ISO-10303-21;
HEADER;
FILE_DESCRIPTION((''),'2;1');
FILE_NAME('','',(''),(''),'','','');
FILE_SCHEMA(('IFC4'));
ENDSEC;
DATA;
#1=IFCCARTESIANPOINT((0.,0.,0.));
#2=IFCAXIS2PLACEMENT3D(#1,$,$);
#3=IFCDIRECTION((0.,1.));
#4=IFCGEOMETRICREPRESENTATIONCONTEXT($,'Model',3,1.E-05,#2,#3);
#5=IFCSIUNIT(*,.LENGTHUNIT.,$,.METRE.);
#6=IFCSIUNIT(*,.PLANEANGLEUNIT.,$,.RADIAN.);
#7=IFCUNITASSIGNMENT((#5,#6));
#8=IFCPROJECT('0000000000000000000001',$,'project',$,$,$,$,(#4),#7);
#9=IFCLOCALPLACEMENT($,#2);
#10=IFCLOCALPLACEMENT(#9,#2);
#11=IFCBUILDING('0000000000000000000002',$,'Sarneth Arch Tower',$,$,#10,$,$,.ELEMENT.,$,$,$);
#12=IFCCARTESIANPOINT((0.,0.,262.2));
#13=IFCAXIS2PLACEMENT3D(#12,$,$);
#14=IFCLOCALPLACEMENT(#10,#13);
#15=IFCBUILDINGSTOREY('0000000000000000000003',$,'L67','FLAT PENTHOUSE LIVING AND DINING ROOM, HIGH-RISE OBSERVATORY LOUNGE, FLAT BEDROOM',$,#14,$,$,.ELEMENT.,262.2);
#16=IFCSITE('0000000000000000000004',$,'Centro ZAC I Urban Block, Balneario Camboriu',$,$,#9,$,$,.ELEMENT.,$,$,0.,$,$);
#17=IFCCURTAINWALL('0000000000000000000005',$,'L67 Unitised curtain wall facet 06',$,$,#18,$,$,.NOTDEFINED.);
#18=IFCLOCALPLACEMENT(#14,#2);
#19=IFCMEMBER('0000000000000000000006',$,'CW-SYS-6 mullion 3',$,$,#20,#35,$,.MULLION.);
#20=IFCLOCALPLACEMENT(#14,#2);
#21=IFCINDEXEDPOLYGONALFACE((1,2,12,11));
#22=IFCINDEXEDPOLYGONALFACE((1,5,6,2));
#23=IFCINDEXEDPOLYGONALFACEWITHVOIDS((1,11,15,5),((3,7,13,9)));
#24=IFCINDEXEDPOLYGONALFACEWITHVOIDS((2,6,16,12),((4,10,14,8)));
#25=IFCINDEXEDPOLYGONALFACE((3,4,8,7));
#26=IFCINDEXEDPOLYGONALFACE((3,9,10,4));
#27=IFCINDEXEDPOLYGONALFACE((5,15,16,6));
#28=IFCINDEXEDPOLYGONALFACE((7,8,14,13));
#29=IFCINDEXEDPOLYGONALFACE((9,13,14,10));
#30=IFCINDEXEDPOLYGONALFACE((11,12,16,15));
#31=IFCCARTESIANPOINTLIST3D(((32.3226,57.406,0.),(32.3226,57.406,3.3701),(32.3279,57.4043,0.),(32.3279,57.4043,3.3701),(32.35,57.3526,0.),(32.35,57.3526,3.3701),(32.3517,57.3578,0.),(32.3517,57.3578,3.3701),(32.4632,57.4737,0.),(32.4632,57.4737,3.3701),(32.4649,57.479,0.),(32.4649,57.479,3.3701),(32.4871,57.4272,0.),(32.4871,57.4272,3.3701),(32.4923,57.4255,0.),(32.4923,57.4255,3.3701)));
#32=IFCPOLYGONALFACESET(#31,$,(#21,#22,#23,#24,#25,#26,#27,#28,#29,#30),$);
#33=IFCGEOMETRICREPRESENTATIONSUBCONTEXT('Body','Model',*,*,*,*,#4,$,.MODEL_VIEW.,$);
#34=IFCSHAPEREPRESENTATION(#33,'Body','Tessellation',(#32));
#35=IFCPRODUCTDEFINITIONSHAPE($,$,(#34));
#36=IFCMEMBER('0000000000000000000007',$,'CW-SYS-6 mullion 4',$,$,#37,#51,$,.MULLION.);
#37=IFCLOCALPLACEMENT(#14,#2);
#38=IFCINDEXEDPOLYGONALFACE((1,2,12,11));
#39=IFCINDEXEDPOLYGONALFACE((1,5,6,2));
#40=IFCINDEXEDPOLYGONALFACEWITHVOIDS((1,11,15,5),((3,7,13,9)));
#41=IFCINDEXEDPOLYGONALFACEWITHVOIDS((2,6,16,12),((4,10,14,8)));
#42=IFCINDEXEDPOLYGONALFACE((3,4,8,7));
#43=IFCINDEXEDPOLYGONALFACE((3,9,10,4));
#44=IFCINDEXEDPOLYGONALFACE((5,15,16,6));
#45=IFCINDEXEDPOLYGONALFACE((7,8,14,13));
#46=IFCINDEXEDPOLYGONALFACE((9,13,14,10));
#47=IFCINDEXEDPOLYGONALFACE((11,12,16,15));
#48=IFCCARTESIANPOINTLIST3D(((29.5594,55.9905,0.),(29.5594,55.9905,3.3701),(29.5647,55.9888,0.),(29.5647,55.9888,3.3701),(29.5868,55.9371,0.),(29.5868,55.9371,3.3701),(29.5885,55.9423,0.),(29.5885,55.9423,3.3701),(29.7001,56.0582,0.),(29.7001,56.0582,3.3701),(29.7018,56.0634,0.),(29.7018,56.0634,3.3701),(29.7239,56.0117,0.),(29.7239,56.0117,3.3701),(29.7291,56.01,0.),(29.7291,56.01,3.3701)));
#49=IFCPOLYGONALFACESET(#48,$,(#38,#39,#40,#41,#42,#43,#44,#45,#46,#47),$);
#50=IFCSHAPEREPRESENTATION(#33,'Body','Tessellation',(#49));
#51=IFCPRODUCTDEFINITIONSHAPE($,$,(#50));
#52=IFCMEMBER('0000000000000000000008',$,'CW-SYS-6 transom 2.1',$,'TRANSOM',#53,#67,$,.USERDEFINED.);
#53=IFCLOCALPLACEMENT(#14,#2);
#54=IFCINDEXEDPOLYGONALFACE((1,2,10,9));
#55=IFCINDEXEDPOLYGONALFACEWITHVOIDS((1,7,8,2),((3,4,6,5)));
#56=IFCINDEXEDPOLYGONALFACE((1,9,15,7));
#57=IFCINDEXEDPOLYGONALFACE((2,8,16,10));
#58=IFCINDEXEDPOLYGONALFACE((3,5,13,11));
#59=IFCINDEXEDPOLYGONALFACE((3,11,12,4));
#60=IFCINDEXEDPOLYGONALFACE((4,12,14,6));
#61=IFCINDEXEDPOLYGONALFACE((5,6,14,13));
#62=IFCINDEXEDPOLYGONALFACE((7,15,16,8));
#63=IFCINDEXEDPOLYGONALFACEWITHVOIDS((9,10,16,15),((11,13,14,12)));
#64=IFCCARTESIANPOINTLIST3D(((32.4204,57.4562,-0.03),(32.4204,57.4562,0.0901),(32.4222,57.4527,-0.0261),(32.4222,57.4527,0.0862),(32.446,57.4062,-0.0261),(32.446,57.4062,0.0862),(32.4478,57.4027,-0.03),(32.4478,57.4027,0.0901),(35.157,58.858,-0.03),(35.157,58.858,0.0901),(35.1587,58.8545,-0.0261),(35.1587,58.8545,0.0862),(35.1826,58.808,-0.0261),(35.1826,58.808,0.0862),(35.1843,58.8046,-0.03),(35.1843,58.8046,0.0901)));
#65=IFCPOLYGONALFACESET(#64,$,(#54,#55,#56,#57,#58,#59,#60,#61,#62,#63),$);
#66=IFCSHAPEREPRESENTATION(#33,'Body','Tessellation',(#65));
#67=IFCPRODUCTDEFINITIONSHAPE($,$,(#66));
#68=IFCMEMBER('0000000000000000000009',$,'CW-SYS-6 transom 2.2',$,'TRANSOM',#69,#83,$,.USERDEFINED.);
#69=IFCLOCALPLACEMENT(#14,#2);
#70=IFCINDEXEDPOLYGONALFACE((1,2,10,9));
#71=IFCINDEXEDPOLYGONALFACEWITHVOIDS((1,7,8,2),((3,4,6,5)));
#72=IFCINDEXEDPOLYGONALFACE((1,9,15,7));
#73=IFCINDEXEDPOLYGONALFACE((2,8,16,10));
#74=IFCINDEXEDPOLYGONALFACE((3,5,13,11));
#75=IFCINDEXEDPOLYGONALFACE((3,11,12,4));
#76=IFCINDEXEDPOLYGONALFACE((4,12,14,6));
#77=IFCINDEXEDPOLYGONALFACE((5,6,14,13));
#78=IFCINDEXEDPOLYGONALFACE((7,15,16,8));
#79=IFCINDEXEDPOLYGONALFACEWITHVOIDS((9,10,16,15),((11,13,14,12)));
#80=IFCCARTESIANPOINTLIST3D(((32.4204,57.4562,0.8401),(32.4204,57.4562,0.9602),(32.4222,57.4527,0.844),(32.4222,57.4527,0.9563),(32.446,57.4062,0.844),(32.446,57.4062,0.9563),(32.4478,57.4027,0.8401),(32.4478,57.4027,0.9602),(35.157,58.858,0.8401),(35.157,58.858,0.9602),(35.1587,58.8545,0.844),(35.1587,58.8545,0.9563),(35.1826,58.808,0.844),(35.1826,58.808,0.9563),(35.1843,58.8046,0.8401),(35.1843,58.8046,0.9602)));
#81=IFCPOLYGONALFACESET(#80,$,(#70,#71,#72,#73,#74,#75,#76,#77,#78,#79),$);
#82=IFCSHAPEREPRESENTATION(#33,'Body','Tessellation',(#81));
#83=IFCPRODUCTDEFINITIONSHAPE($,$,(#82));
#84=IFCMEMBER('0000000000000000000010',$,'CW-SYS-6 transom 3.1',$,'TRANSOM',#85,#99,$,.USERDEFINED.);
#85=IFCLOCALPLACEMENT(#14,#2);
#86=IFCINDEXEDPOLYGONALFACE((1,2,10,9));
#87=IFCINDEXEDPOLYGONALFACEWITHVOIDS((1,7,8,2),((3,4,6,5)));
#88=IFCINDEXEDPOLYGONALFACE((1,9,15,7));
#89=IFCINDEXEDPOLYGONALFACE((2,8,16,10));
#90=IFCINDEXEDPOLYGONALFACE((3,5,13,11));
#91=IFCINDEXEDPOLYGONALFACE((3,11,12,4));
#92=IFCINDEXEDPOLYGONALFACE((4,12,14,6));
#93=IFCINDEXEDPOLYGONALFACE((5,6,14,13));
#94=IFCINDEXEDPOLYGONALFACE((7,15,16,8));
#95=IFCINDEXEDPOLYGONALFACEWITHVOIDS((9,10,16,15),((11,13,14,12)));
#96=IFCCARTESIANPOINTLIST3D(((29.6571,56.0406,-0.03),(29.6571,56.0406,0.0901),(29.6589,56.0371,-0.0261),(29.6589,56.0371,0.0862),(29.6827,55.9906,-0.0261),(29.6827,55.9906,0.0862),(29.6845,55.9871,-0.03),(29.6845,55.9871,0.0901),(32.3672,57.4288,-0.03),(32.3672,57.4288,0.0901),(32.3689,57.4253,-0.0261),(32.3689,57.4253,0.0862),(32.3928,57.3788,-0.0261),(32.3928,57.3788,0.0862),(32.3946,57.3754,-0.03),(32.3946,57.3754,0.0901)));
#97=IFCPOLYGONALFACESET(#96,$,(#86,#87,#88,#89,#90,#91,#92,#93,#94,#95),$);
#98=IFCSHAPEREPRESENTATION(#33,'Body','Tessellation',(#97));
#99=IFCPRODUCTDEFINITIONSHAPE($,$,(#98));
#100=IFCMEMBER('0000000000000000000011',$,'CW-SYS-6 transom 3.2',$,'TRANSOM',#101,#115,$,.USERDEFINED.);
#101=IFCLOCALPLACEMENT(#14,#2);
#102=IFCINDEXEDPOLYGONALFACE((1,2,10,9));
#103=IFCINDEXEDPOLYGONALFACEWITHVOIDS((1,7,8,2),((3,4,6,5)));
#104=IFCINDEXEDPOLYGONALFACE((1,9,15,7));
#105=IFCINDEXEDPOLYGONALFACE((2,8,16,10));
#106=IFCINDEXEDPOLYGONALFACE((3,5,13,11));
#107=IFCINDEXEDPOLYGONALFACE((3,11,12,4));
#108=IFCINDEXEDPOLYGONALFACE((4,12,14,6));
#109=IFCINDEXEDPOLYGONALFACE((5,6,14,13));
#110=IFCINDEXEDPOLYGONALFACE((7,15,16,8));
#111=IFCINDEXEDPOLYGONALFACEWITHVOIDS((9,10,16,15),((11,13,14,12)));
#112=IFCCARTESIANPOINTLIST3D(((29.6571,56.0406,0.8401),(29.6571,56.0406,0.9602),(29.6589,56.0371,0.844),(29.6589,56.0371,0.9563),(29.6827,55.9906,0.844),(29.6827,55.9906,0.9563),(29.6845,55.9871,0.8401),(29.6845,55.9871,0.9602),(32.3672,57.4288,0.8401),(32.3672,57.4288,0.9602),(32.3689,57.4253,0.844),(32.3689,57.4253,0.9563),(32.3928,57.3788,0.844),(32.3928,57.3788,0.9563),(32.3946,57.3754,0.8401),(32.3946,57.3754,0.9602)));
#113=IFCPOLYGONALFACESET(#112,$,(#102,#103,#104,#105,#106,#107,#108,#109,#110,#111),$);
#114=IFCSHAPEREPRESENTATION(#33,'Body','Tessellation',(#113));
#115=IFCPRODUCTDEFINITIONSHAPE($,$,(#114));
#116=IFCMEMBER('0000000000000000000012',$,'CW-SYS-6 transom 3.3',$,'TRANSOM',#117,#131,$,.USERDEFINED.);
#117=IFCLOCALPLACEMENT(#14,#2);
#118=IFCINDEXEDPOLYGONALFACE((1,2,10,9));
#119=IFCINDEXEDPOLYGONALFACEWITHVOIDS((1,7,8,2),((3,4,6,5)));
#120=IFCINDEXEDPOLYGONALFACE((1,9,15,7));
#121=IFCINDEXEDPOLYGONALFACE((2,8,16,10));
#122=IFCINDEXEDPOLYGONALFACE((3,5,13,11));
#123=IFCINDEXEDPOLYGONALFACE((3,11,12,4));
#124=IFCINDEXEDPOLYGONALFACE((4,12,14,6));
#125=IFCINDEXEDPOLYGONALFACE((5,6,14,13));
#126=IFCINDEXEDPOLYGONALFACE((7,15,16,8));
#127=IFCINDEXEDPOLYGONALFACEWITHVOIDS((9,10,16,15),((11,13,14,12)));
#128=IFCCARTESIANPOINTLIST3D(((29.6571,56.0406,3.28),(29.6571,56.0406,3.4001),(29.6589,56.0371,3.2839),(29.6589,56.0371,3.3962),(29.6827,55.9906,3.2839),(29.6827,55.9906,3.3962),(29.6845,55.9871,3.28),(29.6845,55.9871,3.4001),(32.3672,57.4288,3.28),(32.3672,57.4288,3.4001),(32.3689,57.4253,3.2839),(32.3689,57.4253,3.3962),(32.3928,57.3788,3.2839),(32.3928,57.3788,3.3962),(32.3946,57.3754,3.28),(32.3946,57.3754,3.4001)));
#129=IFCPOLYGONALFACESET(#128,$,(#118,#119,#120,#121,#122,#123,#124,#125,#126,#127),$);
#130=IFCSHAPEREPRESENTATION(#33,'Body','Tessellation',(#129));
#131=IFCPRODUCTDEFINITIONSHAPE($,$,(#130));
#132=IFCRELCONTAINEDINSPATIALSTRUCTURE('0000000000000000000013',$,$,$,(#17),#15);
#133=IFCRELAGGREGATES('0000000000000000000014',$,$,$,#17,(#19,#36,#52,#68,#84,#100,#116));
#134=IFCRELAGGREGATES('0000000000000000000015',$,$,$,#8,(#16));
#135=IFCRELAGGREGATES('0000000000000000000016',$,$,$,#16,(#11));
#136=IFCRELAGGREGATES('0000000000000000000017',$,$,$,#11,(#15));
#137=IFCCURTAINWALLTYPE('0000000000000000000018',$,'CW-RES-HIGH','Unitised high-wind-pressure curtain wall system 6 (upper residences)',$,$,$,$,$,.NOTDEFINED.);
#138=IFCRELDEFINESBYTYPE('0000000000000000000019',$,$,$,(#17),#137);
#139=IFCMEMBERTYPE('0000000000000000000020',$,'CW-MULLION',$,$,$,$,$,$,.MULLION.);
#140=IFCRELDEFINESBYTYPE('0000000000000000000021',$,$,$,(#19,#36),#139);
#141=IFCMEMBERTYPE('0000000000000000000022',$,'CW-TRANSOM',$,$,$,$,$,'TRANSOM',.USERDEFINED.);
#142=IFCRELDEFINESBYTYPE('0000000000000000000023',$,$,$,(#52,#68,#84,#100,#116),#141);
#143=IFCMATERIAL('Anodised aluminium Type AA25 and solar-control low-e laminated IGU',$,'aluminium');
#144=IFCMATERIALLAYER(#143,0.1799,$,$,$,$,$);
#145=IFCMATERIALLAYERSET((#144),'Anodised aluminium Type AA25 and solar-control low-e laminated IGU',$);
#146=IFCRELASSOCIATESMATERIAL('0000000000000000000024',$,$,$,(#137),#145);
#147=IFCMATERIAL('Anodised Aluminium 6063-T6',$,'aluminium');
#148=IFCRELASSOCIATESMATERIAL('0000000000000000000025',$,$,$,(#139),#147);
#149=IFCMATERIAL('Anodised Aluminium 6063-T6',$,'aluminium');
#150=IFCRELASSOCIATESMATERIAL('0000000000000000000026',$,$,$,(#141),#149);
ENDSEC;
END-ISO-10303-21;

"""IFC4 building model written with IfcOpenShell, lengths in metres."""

from ifc_helpers import new_model, si_unit, direction, frame, origin, origin_2d, place, context, subcontext, project, spatial, hollow_rectangle, extrude, material, layer, layer_set, material_profile, profile_set, type_object, element, aggregate, save


model = new_model("IFC4")

# Units and contexts
model_context = context("Model", 3, precision=1e-05, world=origin(), true_north=direction((0.0, 1.0)))
body_context = subcontext(model_context, "Body", "Model", "MODEL_VIEW")
ifc_project = project(units=[si_unit("LENGTHUNIT", "METRE"), si_unit("PLANEANGLEUNIT", "RADIAN")], contexts=[model_context])

# Site, building, storey
site_placement = place(None, origin())
site = spatial("IfcSite", under=ifc_project, at=site_placement, Name="Centro ZAC I Urban Block, Balneario Camboriu", CompositionType="ELEMENT", RefElevation=0.0)
building_placement = place(site_placement, origin())
building = spatial("IfcBuilding", under=site, at=building_placement, Name="Sarneth Arch Tower", CompositionType="ELEMENT")
storey_placement = place(building_placement, frame((0.0, 0.0, 262.2)))
storey = spatial("IfcBuildingStorey", under=building, at=storey_placement, Name="L67", Description="FLAT PENTHOUSE LIVING AND DINING ROOM, HIGH-RISE OBSERVATORY LOUNGE, FLAT BEDROOM", CompositionType="ELEMENT", Elevation=262.2)

# Curtain wall, members
ifc_material_1 = material(Name="Anodised aluminium Type AA25 and solar-control low-e laminated IGU", Category="aluminium")
ifc_layer_1 = layer(ifc_material_1, 0.1799)
ifc_layer_set_1 = layer_set([ifc_layer_1], Name="Anodised aluminium Type AA25 and solar-control low-e laminated IGU")
curtain_wall_type = type_object("IfcCurtainWallType", Name="CW-RES-HIGH", Description="Unitised high-wind-pressure curtain wall system 6 (upper residences)", PredefinedType="NOTDEFINED", material=ifc_layer_set_1)
curtain_wall_placement = place(storey_placement, origin())
curtain_wall = element("IfcCurtainWall", 1, at=curtain_wall_placement, inside=storey, type_object=curtain_wall_type, Name="L67 Unitised curtain wall facet 06", PredefinedType="NOTDEFINED")
ifc_material_2 = material(Name="Anodised Aluminium 6063-T6", Category="aluminium")
ifc_material_profile_1 = material_profile(ifc_material_2, hollow_rectangle(XDim=0.0601, YDim=0.1599, WallThickness=0.0039, at=origin_2d()), Name="AL-MULL-160x60x4")
ifc_profile_set_1 = profile_set([ifc_material_profile_1], Name="Anodised Aluminium 6063-T6")
member_type_1 = type_object("IfcMemberType", Name="CW-MULLION", PredefinedType="MULLION", material=ifc_profile_set_1)
member_1_placement = place(storey_placement, frame((32.4075, 57.4158, 0.0), z_axis=(0.0, 0.0, 1.0), x_axis=(0.455942, -0.89001, 0.0)))
member_1 = element("IfcMember", 2, at=member_1_placement, type_object=member_type_1, Name="CW-SYS-6 mullion 3", PredefinedType="MULLION", context=body_context, shape_type="SweptSolid", body=[
    extrude(hollow_rectangle(XDim=0.0601, YDim=0.1599, WallThickness=0.0039, at=origin_2d()), origin(), (0.0, 0.0, 1.0), 3.3701),
])
member_2_placement = place(storey_placement, frame((29.6443, 56.0002, 0.0), z_axis=(0.0, 0.0, 1.0), x_axis=(0.455942, -0.89001, 0.0)))
member_2 = element("IfcMember", 3, at=member_2_placement, type_object=member_type_1, Name="CW-SYS-6 mullion 4", PredefinedType="MULLION", context=body_context, shape_type="SweptSolid", body=[
    extrude(hollow_rectangle(XDim=0.0601, YDim=0.1599, WallThickness=0.0039, at=origin_2d()), origin(), (0.0, 0.0, 1.0), 3.3701),
])
ifc_material_3 = material(Name="Anodised Aluminium 6063-T6", Category="aluminium")
ifc_material_profile_2 = material_profile(ifc_material_3, hollow_rectangle(XDim=0.0601, YDim=0.1201, WallThickness=0.0039, at=origin_2d()), Name="AL-TRAN-120x60x4")
ifc_profile_set_2 = profile_set([ifc_material_profile_2], Name="Anodised Aluminium 6063-T6")
member_type_2 = type_object("IfcMemberType", Name="CW-TRANSOM", ElementType="TRANSOM", PredefinedType="USERDEFINED", material=ifc_profile_set_2)
member_3_placement = place(storey_placement, frame((35.1707, 58.8313, 0.03), z_axis=(-0.890017, -0.455926, 0.0), x_axis=(0.455926, -0.890017, 0.0)))
member_3 = element("IfcMember", 4, at=member_3_placement, type_object=member_type_2, Name="CW-SYS-6 transom 2.1", ObjectType="TRANSOM", PredefinedType="USERDEFINED", context=body_context, shape_type="SweptSolid", body=[
    extrude(hollow_rectangle(XDim=0.0601, YDim=0.1201, WallThickness=0.0039, at=origin_2d()), origin(), (0.0, 0.0, 1.0), 3.0747),
])
member_4_placement = place(storey_placement, frame((35.1707, 58.8313, 0.9001), z_axis=(-0.890017, -0.455926, 0.0), x_axis=(0.455926, -0.890017, 0.0)))
member_4 = element("IfcMember", 5, at=member_4_placement, type_object=member_type_2, Name="CW-SYS-6 transom 2.2", ObjectType="TRANSOM", PredefinedType="USERDEFINED", context=body_context, shape_type="SweptSolid", body=[
    extrude(hollow_rectangle(XDim=0.0601, YDim=0.1201, WallThickness=0.0039, at=origin_2d()), origin(), (0.0, 0.0, 1.0), 3.0747),
])
member_5_placement = place(storey_placement, frame((32.3809, 57.4021, 0.03), z_axis=(-0.890023, -0.455916, 0.0), x_axis=(0.455916, -0.890023, 0.0)))
member_5 = element("IfcMember", 6, at=member_5_placement, type_object=member_type_2, Name="CW-SYS-6 transom 3.1", ObjectType="TRANSOM", PredefinedType="USERDEFINED", context=body_context, shape_type="SweptSolid", body=[
    extrude(hollow_rectangle(XDim=0.0601, YDim=0.1201, WallThickness=0.0039, at=origin_2d()), origin(), (0.0, 0.0, 1.0), 3.0449),
])
member_6_placement = place(storey_placement, frame((32.3809, 57.4021, 0.9001), z_axis=(-0.890023, -0.455916, 0.0), x_axis=(0.455916, -0.890023, 0.0)))
member_6 = element("IfcMember", 7, at=member_6_placement, type_object=member_type_2, Name="CW-SYS-6 transom 3.2", ObjectType="TRANSOM", PredefinedType="USERDEFINED", context=body_context, shape_type="SweptSolid", body=[
    extrude(hollow_rectangle(XDim=0.0601, YDim=0.1201, WallThickness=0.0039, at=origin_2d()), origin(), (0.0, 0.0, 1.0), 3.0449),
])
member_7_placement = place(storey_placement, frame((32.3809, 57.4021, 3.3401), z_axis=(-0.890023, -0.455916, 0.0), x_axis=(0.455916, -0.890023, 0.0)))
member_7 = element("IfcMember", 8, at=member_7_placement, type_object=member_type_2, Name="CW-SYS-6 transom 3.3", ObjectType="TRANSOM", PredefinedType="USERDEFINED", context=body_context, shape_type="SweptSolid", body=[
    extrude(hollow_rectangle(XDim=0.0601, YDim=0.1201, WallThickness=0.0039, at=origin_2d()), origin(), (0.0, 0.0, 1.0), 3.0449),
])

aggregate(curtain_wall, [member_1, member_2, member_3, member_4, member_5, member_6, member_7])

save(model, "model.ifc")
